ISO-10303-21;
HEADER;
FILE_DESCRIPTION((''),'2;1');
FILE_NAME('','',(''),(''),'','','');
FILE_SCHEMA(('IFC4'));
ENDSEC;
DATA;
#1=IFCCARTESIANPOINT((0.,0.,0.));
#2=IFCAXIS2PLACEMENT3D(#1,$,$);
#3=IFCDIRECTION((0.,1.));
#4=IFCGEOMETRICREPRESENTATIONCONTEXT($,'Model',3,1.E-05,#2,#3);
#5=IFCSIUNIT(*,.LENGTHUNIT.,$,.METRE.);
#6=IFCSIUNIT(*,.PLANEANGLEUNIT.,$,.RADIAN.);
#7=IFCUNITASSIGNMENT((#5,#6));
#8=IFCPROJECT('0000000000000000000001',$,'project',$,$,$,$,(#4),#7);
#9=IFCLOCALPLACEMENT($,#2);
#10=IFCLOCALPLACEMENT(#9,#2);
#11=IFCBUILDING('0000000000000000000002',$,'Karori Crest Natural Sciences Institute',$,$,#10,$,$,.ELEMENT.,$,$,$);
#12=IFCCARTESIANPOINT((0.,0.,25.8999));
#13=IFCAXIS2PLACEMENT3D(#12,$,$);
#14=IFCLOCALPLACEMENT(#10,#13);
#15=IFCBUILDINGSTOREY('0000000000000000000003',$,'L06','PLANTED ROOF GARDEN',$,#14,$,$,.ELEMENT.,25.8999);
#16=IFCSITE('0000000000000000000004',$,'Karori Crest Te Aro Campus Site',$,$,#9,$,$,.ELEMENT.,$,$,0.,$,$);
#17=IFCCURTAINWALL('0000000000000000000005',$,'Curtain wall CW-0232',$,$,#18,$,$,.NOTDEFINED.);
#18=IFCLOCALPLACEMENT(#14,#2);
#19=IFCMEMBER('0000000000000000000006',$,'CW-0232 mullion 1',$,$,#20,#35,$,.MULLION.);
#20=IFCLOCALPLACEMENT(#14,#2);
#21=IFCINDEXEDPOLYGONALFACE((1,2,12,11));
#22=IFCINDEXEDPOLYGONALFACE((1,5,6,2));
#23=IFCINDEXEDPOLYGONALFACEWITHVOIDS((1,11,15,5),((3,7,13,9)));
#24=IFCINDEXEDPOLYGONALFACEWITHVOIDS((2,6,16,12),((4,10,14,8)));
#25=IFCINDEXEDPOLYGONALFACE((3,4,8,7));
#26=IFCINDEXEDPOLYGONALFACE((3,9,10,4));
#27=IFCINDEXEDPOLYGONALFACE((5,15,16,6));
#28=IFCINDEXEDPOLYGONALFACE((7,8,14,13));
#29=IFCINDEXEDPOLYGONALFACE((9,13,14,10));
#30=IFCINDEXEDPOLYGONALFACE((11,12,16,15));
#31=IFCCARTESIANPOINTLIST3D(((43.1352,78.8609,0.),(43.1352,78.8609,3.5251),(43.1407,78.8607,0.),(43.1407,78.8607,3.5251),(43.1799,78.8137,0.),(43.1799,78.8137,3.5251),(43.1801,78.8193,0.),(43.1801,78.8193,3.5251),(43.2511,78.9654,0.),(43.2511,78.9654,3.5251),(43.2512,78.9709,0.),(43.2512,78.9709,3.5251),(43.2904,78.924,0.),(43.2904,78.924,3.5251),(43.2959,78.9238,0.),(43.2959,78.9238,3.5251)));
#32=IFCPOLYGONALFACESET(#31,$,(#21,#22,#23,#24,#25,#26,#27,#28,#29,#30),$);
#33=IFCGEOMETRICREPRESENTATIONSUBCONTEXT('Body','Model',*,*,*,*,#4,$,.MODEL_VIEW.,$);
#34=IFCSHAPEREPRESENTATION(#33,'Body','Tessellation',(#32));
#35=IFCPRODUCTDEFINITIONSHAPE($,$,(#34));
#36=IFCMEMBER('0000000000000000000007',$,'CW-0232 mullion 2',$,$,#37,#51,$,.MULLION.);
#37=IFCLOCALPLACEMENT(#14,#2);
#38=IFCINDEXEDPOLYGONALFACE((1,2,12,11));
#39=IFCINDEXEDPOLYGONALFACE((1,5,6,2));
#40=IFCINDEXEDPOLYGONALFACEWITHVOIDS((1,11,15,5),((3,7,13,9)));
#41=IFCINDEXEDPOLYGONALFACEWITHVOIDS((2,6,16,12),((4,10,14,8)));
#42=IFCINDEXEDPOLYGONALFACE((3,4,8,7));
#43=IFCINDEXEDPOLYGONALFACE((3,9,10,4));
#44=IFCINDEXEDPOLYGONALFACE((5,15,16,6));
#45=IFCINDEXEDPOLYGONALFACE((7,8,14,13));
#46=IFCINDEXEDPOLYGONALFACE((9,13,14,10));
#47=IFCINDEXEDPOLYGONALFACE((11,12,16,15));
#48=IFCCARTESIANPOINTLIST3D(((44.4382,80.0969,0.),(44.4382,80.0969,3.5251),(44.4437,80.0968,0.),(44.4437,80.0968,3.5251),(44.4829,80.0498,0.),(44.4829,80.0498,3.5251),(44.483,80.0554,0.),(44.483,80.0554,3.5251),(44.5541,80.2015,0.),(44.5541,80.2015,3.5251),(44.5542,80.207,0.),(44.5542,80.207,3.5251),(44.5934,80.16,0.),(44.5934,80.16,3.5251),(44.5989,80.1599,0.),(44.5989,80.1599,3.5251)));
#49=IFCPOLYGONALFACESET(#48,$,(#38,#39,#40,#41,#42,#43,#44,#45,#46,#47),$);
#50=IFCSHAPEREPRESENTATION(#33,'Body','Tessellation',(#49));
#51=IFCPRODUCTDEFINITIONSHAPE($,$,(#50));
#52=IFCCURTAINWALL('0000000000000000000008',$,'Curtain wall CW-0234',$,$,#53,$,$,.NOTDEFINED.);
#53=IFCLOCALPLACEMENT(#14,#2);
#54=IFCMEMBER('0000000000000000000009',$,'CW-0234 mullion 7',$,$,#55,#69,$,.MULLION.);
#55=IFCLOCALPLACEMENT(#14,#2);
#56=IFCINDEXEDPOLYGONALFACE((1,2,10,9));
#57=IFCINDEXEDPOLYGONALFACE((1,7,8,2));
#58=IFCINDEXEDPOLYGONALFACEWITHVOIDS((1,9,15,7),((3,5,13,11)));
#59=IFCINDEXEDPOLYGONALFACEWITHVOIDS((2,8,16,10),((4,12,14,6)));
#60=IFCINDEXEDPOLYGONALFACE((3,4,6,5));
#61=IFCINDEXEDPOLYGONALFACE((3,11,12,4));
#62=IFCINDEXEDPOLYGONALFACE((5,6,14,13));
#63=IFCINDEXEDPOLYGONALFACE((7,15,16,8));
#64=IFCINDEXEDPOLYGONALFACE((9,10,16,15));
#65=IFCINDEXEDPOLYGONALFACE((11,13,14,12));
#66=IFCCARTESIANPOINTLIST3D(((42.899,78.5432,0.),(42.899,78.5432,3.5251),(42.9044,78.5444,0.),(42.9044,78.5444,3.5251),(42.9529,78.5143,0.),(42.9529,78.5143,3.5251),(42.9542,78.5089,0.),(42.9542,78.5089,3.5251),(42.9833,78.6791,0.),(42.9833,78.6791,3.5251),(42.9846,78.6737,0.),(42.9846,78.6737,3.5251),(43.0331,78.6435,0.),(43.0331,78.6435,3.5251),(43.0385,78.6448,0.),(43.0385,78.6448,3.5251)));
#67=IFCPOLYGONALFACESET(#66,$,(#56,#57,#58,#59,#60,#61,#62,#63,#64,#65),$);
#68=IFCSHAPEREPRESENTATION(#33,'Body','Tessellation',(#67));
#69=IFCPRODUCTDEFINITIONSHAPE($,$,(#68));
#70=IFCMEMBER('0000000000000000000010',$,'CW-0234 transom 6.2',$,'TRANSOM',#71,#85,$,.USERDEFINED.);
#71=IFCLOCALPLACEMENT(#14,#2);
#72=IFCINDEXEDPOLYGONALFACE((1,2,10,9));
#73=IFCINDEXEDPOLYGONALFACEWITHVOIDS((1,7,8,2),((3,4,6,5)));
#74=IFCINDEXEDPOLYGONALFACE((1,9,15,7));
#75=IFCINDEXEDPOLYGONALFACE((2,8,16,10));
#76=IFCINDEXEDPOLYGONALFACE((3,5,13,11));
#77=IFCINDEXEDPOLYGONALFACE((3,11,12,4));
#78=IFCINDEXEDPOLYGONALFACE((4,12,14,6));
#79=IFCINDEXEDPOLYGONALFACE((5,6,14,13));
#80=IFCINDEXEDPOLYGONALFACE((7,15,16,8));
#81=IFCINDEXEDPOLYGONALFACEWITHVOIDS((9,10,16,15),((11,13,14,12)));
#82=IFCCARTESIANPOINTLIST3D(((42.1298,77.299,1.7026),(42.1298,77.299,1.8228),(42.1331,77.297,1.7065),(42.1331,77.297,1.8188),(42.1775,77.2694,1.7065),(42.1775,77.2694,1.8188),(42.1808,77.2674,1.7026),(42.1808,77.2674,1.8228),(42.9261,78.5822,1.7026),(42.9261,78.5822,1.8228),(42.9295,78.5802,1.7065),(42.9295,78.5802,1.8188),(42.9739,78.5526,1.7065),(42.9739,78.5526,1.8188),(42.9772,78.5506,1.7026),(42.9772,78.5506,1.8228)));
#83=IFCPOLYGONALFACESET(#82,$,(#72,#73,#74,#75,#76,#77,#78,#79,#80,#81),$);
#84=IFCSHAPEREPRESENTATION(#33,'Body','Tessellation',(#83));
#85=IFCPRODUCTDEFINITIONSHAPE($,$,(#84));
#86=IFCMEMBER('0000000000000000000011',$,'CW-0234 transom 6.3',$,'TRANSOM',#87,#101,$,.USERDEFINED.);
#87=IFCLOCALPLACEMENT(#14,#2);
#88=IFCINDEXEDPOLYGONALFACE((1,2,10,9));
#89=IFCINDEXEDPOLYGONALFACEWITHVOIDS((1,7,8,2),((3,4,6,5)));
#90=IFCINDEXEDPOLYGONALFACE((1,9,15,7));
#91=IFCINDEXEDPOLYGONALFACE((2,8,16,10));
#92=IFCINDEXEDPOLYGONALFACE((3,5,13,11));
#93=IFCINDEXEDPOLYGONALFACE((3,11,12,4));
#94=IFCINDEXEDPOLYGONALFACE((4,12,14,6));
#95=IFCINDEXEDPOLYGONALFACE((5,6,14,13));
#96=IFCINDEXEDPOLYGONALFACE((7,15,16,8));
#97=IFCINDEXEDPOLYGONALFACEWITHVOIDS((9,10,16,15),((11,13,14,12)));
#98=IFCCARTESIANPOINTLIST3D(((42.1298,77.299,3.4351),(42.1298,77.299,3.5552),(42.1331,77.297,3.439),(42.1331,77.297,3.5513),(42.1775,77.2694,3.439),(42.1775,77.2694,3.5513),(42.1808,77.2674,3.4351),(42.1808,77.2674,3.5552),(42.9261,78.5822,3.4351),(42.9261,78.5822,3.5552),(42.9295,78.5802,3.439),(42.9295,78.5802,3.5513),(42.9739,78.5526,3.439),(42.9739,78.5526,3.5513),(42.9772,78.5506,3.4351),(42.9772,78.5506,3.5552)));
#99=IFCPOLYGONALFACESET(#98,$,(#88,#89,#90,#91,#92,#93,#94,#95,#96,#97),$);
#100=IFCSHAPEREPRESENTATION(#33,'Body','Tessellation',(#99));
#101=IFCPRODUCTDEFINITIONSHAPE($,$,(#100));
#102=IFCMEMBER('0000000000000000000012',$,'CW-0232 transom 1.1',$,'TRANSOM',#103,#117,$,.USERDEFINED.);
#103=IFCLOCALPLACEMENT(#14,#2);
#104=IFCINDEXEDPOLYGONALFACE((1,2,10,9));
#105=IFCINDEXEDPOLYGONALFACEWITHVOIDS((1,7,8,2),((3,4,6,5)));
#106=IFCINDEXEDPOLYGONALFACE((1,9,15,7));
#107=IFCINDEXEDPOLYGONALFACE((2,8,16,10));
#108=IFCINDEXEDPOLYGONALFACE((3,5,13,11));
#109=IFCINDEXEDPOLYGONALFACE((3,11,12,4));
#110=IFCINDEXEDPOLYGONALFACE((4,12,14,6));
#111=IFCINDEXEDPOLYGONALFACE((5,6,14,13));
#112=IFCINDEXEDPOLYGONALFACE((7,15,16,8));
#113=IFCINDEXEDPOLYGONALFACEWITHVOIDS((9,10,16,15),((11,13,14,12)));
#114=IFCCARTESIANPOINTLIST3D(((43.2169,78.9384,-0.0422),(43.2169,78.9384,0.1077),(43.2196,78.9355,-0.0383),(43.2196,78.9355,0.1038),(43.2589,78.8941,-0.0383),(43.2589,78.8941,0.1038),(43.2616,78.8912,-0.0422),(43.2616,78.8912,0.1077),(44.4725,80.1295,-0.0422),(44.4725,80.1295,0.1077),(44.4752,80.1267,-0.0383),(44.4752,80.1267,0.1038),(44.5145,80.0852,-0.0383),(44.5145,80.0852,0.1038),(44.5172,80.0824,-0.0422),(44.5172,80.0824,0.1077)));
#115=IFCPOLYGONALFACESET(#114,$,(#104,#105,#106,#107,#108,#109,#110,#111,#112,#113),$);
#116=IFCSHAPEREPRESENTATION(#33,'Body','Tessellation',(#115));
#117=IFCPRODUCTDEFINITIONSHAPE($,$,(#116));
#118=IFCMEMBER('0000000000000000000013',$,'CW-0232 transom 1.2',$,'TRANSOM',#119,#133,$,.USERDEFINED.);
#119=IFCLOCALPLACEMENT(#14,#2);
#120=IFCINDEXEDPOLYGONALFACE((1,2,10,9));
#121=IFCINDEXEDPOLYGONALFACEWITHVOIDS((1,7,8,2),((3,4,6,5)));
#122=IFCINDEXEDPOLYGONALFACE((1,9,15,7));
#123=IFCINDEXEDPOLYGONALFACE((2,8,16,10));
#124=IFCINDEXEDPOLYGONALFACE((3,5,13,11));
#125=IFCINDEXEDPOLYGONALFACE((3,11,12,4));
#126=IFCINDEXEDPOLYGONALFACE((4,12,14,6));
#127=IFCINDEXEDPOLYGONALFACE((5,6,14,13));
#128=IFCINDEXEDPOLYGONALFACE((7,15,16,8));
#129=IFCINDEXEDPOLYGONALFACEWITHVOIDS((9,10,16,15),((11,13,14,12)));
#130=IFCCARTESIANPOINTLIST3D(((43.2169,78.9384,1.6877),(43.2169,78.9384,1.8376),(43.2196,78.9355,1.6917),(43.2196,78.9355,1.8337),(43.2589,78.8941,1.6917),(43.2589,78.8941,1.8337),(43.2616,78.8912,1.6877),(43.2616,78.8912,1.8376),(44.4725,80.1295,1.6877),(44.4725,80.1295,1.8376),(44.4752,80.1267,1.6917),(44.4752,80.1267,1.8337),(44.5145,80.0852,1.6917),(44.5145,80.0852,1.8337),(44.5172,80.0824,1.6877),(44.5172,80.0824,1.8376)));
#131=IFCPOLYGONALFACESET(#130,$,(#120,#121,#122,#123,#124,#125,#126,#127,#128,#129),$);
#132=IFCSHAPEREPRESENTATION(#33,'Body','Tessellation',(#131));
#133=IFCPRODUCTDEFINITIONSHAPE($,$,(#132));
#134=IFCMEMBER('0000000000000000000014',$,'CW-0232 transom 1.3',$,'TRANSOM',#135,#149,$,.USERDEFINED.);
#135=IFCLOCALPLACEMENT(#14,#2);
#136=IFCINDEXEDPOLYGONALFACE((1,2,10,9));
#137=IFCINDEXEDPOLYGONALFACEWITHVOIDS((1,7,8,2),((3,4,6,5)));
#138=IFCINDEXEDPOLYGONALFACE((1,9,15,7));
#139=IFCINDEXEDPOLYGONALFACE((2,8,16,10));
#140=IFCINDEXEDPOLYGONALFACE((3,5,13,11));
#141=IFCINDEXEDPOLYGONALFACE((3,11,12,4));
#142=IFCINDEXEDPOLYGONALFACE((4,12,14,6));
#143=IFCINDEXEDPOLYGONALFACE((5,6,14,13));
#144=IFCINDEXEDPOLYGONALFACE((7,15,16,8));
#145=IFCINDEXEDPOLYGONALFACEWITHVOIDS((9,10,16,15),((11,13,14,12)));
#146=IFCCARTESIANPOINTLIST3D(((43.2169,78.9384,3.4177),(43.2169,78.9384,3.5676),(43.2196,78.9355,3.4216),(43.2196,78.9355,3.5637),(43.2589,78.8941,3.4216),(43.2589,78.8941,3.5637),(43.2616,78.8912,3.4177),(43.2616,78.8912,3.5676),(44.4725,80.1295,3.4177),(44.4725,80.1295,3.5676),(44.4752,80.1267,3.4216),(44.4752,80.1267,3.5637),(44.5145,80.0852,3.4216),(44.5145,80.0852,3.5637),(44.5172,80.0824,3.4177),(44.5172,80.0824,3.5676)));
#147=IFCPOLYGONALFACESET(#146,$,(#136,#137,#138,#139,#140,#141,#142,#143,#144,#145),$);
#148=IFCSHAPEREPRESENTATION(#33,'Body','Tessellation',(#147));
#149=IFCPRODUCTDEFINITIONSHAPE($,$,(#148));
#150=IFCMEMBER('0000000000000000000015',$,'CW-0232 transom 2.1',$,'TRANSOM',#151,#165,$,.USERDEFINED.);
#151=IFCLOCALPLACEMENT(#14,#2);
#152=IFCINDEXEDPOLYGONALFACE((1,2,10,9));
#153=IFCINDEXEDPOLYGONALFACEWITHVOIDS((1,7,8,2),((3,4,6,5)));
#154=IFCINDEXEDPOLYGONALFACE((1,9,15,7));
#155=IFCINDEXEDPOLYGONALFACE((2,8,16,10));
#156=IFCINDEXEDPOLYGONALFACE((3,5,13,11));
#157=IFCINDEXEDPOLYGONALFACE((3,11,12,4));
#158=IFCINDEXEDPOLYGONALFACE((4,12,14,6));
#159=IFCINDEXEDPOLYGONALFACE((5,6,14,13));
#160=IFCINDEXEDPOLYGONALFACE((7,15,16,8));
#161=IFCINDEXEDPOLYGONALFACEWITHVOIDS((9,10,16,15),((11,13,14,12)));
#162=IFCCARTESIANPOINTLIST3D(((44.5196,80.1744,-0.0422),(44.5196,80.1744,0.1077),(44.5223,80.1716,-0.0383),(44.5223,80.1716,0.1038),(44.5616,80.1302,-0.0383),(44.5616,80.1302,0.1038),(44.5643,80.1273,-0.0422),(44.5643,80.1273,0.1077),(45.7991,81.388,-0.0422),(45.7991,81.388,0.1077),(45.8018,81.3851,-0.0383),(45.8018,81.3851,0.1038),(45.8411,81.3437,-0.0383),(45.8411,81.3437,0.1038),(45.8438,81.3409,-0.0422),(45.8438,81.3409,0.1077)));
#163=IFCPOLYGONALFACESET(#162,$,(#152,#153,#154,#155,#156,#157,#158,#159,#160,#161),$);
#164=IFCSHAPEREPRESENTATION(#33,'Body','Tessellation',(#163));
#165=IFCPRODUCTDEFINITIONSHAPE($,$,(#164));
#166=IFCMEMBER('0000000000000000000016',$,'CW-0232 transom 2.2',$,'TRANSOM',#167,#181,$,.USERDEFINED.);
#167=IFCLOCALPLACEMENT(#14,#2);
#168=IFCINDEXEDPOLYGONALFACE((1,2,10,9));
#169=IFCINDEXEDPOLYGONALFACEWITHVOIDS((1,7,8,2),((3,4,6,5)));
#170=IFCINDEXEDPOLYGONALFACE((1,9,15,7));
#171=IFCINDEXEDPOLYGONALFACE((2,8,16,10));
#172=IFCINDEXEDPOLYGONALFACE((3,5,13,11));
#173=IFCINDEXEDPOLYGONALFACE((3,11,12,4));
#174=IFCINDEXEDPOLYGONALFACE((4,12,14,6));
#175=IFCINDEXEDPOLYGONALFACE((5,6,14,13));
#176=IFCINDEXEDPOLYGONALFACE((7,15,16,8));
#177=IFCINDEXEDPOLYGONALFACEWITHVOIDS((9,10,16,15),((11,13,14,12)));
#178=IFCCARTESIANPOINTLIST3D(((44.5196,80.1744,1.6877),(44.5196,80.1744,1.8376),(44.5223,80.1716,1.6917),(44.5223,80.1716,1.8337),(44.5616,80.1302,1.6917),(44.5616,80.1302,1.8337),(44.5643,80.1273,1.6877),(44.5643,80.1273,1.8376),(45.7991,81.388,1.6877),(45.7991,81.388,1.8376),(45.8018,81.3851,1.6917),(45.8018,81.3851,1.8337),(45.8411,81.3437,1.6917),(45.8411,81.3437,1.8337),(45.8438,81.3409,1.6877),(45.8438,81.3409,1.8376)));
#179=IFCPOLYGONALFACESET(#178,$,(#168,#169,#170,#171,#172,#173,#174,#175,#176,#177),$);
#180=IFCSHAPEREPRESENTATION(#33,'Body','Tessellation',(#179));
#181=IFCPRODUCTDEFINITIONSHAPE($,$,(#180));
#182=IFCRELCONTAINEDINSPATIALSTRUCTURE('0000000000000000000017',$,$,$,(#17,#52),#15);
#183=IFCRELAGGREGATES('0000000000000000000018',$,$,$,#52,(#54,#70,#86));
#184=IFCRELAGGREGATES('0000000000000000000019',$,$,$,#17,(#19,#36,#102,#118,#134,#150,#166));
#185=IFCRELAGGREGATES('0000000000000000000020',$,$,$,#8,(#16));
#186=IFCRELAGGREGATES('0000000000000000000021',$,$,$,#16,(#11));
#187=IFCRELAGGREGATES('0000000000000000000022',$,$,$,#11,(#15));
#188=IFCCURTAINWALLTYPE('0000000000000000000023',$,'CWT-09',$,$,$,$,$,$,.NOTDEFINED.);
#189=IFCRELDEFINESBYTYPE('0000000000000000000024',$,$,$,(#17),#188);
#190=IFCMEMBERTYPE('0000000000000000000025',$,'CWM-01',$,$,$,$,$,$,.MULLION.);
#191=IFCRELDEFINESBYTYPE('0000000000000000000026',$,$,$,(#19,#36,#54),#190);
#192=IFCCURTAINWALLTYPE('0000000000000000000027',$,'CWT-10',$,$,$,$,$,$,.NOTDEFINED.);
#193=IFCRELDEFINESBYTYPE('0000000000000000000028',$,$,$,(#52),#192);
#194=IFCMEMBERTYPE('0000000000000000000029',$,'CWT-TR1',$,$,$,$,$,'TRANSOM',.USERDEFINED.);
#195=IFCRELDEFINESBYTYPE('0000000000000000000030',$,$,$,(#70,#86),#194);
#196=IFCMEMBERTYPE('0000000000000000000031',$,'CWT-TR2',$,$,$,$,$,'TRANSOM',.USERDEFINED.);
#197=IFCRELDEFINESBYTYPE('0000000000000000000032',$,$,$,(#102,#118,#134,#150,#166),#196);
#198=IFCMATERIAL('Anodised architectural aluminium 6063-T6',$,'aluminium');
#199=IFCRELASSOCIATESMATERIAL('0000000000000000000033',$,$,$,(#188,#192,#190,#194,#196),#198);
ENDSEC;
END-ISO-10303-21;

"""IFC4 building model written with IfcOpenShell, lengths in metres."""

from ifc_helpers import new_model, si_unit, direction, frame, origin, origin_2d, place, context, subcontext, project, spatial, hollow_rectangle, extrude, material, material_profile, profile_set, type_object, element, aggregate, save


model = new_model("IFC4")

# Units and contexts
model_context = context("Model", 3, precision=1e-05, world=origin(), true_north=direction((0.0, 1.0)))
body_context = subcontext(model_context, "Body", "Model", "MODEL_VIEW")
ifc_project = project(units=[si_unit("LENGTHUNIT", "METRE"), si_unit("PLANEANGLEUNIT", "RADIAN")], contexts=[model_context])

# Site, building, storey
site_placement = place(None, origin())
site = spatial("IfcSite", under=ifc_project, at=site_placement, Name="Karori Crest Te Aro Campus Site", CompositionType="ELEMENT", RefElevation=0.0)
building_placement = place(site_placement, origin())
building = spatial("IfcBuilding", under=site, at=building_placement, Name="Karori Crest Natural Sciences Institute", CompositionType="ELEMENT")
storey_placement = place(building_placement, frame((0.0, 0.0, 25.8999)))
storey = spatial("IfcBuildingStorey", under=building, at=storey_placement, Name="L06", Description="PLANTED ROOF GARDEN", CompositionType="ELEMENT", Elevation=25.8999)

# Curtain walls, members
ifc_material_1 = material(Name="Anodised architectural aluminium 6063-T6", Category="aluminium")
curtain_wall_type_1 = type_object("IfcCurtainWallType", Name="CWT-09", PredefinedType="NOTDEFINED", material=ifc_material_1)
curtain_wall_1_placement = place(storey_placement, origin())
curtain_wall_1 = element("IfcCurtainWall", 1, at=curtain_wall_1_placement, inside=storey, type_object=curtain_wall_type_1, Name="Curtain wall CW-0232", PredefinedType="NOTDEFINED")
ifc_material_profile_1 = material_profile(ifc_material_1, hollow_rectangle(XDim=0.0649, YDim=0.1599, WallThickness=0.0039, at=origin_2d()), Name="CWM160x65x4")
ifc_profile_set_1 = profile_set([ifc_material_profile_1], Name="Anodised architectural aluminium 6063-T6")
member_type_1 = type_object("IfcMemberType", Name="CWM-01", PredefinedType="MULLION", material=ifc_profile_set_1)
member_1_placement = place(storey_placement, frame((43.2156, 78.8923, 0.0), z_axis=(0.0, 0.0, 1.0), x_axis=(-0.688251, 0.725473, 0.0)))
member_1 = element("IfcMember", 2, at=member_1_placement, type_object=member_type_1, Name="CW-0232 mullion 1", PredefinedType="MULLION", context=body_context, shape_type="SweptSolid", body=[
    extrude(hollow_rectangle(XDim=0.0649, YDim=0.1599, WallThickness=0.0039, at=origin_2d()), origin(), (0.0, 0.0, 1.0), 3.5251),
])
member_2_placement = place(storey_placement, frame((44.5186, 80.1284, 0.0), z_axis=(0.0, 0.0, 1.0), x_axis=(-0.688251, 0.725473, 0.0)))
member_2 = element("IfcMember", 3, at=member_2_placement, type_object=member_type_1, Name="CW-0232 mullion 2", PredefinedType="MULLION", context=body_context, shape_type="SweptSolid", body=[
    extrude(hollow_rectangle(XDim=0.0649, YDim=0.1599, WallThickness=0.0039, at=origin_2d()), origin(), (0.0, 0.0, 1.0), 3.5251),
])
curtain_wall_type_2 = type_object("IfcCurtainWallType", Name="CWT-10", PredefinedType="NOTDEFINED", material=ifc_material_1)
curtain_wall_2_placement = place(storey_placement, origin())
curtain_wall_2 = element("IfcCurtainWall", 4, at=curtain_wall_2_placement, inside=storey, type_object=curtain_wall_type_2, Name="Curtain wall CW-0234", PredefinedType="NOTDEFINED")
member_3_placement = place(storey_placement, frame((42.9688, 78.594, 0.0), z_axis=(0.0, 0.0, 1.0), x_axis=(-0.849664, 0.527324, 0.0)))
member_3 = element("IfcMember", 5, at=member_3_placement, type_object=member_type_1, Name="CW-0234 mullion 7", PredefinedType="MULLION", context=body_context, shape_type="SweptSolid", body=[
    extrude(hollow_rectangle(XDim=0.0649, YDim=0.1599, WallThickness=0.0039, at=origin_2d()), origin(), (0.0, 0.0, 1.0), 3.5251),
])
ifc_material_profile_2 = material_profile(ifc_material_1, hollow_rectangle(XDim=0.0601, YDim=0.1201, WallThickness=0.0039, at=origin_2d()), Name="CWT120x60x4")
ifc_profile_set_2 = profile_set([ifc_material_profile_2], Name="Anodised architectural aluminium 6063-T6")
member_type_2 = type_object("IfcMemberType", Name="CWT-TR1", ElementType="TRANSOM", PredefinedType="USERDEFINED", material=ifc_profile_set_2)
member_4_placement = place(storey_placement, frame((42.1553, 77.2832, 1.7627), z_axis=(0.527323, 0.849665, 0.0), x_axis=(-0.849665, 0.527323, 0.0)))
member_4 = element("IfcMember", 6, at=member_4_placement, type_object=member_type_2, Name="CW-0234 transom 6.2", ObjectType="TRANSOM", PredefinedType="USERDEFINED", context=body_context, shape_type="SweptSolid", body=[
    extrude(hollow_rectangle(XDim=0.0601, YDim=0.1201, WallThickness=0.0039, at=origin_2d()), origin(), (0.0, 0.0, 1.0), 1.5103),
])
member_5_placement = place(storey_placement, frame((42.1553, 77.2832, 3.4951), z_axis=(0.527323, 0.849665, 0.0), x_axis=(-0.849665, 0.527323, 0.0)))
member_5 = element("IfcMember", 7, at=member_5_placement, type_object=member_type_2, Name="CW-0234 transom 6.3", ObjectType="TRANSOM", PredefinedType="USERDEFINED", context=body_context, shape_type="SweptSolid", body=[
    extrude(hollow_rectangle(XDim=0.0601, YDim=0.1201, WallThickness=0.0039, at=origin_2d()), origin(), (0.0, 0.0, 1.0), 1.5103),
])

# Members
ifc_material_profile_3 = material_profile(ifc_material_1, hollow_rectangle(XDim=0.0649, YDim=0.1499, WallThickness=0.0039, at=origin_2d()), Name="CWT150x65x4")
ifc_profile_set_3 = profile_set([ifc_material_profile_3], Name="Anodised architectural aluminium 6063-T6")
member_type_3 = type_object("IfcMemberType", Name="CWT-TR2", ElementType="TRANSOM", PredefinedType="USERDEFINED", material=ifc_profile_set_3)
member_6_placement = place(storey_placement, frame((43.2393, 78.9148, 0.0327), z_axis=(0.725482, 0.688241, 0.0), x_axis=(-0.688241, 0.725482, 0.0)))
member_6 = element("IfcMember", 8, at=member_6_placement, type_object=member_type_3, Name="CW-0232 transom 1.1", ObjectType="TRANSOM", PredefinedType="USERDEFINED", context=body_context, shape_type="SweptSolid", body=[
    extrude(hollow_rectangle(XDim=0.0649, YDim=0.1499, WallThickness=0.0039, at=origin_2d()), origin(), (0.0, 0.0, 1.0), 1.7307),
])
member_7_placement = place(storey_placement, frame((43.2393, 78.9148, 1.7627), z_axis=(0.725482, 0.688241, 0.0), x_axis=(-0.688241, 0.725482, 0.0)))
member_7 = element("IfcMember", 9, at=member_7_placement, type_object=member_type_3, Name="CW-0232 transom 1.2", ObjectType="TRANSOM", PredefinedType="USERDEFINED", context=body_context, shape_type="SweptSolid", body=[
    extrude(hollow_rectangle(XDim=0.0649, YDim=0.1499, WallThickness=0.0039, at=origin_2d()), origin(), (0.0, 0.0, 1.0), 1.7307),
])
member_8_placement = place(storey_placement, frame((43.2393, 78.9148, 3.4927), z_axis=(0.725482, 0.688241, 0.0), x_axis=(-0.688241, 0.725482, 0.0)))
member_8 = element("IfcMember", 10, at=member_8_placement, type_object=member_type_3, Name="CW-0232 transom 1.3", ObjectType="TRANSOM", PredefinedType="USERDEFINED", context=body_context, shape_type="SweptSolid", body=[
    extrude(hollow_rectangle(XDim=0.0649, YDim=0.1499, WallThickness=0.0039, at=origin_2d()), origin(), (0.0, 0.0, 1.0), 1.7307),
])
member_9_placement = place(storey_placement, frame((44.542, 80.1509, 0.0327), z_axis=(0.725549, 0.688171, 0.0), x_axis=(-0.688171, 0.725549, 0.0)))
member_9 = element("IfcMember", 11, at=member_9_placement, type_object=member_type_3, Name="CW-0232 transom 2.1", ObjectType="TRANSOM", PredefinedType="USERDEFINED", context=body_context, shape_type="SweptSolid", body=[
    extrude(hollow_rectangle(XDim=0.0649, YDim=0.1499, WallThickness=0.0039, at=origin_2d()), origin(), (0.0, 0.0, 1.0), 1.7634),
])
member_10_placement = place(storey_placement, frame((44.542, 80.1509, 1.7627), z_axis=(0.725549, 0.688171, 0.0), x_axis=(-0.688171, 0.725549, 0.0)))
member_10 = element("IfcMember", 12, at=member_10_placement, type_object=member_type_3, Name="CW-0232 transom 2.2", ObjectType="TRANSOM", PredefinedType="USERDEFINED", context=body_context, shape_type="SweptSolid", body=[
    extrude(hollow_rectangle(XDim=0.0649, YDim=0.1499, WallThickness=0.0039, at=origin_2d()), origin(), (0.0, 0.0, 1.0), 1.7634),
])

aggregate(curtain_wall_2, [member_3, member_4, member_5])
aggregate(curtain_wall_1, [member_1, member_2, member_6, member_7, member_8, member_9, member_10])

save(model, "model.ifc")
